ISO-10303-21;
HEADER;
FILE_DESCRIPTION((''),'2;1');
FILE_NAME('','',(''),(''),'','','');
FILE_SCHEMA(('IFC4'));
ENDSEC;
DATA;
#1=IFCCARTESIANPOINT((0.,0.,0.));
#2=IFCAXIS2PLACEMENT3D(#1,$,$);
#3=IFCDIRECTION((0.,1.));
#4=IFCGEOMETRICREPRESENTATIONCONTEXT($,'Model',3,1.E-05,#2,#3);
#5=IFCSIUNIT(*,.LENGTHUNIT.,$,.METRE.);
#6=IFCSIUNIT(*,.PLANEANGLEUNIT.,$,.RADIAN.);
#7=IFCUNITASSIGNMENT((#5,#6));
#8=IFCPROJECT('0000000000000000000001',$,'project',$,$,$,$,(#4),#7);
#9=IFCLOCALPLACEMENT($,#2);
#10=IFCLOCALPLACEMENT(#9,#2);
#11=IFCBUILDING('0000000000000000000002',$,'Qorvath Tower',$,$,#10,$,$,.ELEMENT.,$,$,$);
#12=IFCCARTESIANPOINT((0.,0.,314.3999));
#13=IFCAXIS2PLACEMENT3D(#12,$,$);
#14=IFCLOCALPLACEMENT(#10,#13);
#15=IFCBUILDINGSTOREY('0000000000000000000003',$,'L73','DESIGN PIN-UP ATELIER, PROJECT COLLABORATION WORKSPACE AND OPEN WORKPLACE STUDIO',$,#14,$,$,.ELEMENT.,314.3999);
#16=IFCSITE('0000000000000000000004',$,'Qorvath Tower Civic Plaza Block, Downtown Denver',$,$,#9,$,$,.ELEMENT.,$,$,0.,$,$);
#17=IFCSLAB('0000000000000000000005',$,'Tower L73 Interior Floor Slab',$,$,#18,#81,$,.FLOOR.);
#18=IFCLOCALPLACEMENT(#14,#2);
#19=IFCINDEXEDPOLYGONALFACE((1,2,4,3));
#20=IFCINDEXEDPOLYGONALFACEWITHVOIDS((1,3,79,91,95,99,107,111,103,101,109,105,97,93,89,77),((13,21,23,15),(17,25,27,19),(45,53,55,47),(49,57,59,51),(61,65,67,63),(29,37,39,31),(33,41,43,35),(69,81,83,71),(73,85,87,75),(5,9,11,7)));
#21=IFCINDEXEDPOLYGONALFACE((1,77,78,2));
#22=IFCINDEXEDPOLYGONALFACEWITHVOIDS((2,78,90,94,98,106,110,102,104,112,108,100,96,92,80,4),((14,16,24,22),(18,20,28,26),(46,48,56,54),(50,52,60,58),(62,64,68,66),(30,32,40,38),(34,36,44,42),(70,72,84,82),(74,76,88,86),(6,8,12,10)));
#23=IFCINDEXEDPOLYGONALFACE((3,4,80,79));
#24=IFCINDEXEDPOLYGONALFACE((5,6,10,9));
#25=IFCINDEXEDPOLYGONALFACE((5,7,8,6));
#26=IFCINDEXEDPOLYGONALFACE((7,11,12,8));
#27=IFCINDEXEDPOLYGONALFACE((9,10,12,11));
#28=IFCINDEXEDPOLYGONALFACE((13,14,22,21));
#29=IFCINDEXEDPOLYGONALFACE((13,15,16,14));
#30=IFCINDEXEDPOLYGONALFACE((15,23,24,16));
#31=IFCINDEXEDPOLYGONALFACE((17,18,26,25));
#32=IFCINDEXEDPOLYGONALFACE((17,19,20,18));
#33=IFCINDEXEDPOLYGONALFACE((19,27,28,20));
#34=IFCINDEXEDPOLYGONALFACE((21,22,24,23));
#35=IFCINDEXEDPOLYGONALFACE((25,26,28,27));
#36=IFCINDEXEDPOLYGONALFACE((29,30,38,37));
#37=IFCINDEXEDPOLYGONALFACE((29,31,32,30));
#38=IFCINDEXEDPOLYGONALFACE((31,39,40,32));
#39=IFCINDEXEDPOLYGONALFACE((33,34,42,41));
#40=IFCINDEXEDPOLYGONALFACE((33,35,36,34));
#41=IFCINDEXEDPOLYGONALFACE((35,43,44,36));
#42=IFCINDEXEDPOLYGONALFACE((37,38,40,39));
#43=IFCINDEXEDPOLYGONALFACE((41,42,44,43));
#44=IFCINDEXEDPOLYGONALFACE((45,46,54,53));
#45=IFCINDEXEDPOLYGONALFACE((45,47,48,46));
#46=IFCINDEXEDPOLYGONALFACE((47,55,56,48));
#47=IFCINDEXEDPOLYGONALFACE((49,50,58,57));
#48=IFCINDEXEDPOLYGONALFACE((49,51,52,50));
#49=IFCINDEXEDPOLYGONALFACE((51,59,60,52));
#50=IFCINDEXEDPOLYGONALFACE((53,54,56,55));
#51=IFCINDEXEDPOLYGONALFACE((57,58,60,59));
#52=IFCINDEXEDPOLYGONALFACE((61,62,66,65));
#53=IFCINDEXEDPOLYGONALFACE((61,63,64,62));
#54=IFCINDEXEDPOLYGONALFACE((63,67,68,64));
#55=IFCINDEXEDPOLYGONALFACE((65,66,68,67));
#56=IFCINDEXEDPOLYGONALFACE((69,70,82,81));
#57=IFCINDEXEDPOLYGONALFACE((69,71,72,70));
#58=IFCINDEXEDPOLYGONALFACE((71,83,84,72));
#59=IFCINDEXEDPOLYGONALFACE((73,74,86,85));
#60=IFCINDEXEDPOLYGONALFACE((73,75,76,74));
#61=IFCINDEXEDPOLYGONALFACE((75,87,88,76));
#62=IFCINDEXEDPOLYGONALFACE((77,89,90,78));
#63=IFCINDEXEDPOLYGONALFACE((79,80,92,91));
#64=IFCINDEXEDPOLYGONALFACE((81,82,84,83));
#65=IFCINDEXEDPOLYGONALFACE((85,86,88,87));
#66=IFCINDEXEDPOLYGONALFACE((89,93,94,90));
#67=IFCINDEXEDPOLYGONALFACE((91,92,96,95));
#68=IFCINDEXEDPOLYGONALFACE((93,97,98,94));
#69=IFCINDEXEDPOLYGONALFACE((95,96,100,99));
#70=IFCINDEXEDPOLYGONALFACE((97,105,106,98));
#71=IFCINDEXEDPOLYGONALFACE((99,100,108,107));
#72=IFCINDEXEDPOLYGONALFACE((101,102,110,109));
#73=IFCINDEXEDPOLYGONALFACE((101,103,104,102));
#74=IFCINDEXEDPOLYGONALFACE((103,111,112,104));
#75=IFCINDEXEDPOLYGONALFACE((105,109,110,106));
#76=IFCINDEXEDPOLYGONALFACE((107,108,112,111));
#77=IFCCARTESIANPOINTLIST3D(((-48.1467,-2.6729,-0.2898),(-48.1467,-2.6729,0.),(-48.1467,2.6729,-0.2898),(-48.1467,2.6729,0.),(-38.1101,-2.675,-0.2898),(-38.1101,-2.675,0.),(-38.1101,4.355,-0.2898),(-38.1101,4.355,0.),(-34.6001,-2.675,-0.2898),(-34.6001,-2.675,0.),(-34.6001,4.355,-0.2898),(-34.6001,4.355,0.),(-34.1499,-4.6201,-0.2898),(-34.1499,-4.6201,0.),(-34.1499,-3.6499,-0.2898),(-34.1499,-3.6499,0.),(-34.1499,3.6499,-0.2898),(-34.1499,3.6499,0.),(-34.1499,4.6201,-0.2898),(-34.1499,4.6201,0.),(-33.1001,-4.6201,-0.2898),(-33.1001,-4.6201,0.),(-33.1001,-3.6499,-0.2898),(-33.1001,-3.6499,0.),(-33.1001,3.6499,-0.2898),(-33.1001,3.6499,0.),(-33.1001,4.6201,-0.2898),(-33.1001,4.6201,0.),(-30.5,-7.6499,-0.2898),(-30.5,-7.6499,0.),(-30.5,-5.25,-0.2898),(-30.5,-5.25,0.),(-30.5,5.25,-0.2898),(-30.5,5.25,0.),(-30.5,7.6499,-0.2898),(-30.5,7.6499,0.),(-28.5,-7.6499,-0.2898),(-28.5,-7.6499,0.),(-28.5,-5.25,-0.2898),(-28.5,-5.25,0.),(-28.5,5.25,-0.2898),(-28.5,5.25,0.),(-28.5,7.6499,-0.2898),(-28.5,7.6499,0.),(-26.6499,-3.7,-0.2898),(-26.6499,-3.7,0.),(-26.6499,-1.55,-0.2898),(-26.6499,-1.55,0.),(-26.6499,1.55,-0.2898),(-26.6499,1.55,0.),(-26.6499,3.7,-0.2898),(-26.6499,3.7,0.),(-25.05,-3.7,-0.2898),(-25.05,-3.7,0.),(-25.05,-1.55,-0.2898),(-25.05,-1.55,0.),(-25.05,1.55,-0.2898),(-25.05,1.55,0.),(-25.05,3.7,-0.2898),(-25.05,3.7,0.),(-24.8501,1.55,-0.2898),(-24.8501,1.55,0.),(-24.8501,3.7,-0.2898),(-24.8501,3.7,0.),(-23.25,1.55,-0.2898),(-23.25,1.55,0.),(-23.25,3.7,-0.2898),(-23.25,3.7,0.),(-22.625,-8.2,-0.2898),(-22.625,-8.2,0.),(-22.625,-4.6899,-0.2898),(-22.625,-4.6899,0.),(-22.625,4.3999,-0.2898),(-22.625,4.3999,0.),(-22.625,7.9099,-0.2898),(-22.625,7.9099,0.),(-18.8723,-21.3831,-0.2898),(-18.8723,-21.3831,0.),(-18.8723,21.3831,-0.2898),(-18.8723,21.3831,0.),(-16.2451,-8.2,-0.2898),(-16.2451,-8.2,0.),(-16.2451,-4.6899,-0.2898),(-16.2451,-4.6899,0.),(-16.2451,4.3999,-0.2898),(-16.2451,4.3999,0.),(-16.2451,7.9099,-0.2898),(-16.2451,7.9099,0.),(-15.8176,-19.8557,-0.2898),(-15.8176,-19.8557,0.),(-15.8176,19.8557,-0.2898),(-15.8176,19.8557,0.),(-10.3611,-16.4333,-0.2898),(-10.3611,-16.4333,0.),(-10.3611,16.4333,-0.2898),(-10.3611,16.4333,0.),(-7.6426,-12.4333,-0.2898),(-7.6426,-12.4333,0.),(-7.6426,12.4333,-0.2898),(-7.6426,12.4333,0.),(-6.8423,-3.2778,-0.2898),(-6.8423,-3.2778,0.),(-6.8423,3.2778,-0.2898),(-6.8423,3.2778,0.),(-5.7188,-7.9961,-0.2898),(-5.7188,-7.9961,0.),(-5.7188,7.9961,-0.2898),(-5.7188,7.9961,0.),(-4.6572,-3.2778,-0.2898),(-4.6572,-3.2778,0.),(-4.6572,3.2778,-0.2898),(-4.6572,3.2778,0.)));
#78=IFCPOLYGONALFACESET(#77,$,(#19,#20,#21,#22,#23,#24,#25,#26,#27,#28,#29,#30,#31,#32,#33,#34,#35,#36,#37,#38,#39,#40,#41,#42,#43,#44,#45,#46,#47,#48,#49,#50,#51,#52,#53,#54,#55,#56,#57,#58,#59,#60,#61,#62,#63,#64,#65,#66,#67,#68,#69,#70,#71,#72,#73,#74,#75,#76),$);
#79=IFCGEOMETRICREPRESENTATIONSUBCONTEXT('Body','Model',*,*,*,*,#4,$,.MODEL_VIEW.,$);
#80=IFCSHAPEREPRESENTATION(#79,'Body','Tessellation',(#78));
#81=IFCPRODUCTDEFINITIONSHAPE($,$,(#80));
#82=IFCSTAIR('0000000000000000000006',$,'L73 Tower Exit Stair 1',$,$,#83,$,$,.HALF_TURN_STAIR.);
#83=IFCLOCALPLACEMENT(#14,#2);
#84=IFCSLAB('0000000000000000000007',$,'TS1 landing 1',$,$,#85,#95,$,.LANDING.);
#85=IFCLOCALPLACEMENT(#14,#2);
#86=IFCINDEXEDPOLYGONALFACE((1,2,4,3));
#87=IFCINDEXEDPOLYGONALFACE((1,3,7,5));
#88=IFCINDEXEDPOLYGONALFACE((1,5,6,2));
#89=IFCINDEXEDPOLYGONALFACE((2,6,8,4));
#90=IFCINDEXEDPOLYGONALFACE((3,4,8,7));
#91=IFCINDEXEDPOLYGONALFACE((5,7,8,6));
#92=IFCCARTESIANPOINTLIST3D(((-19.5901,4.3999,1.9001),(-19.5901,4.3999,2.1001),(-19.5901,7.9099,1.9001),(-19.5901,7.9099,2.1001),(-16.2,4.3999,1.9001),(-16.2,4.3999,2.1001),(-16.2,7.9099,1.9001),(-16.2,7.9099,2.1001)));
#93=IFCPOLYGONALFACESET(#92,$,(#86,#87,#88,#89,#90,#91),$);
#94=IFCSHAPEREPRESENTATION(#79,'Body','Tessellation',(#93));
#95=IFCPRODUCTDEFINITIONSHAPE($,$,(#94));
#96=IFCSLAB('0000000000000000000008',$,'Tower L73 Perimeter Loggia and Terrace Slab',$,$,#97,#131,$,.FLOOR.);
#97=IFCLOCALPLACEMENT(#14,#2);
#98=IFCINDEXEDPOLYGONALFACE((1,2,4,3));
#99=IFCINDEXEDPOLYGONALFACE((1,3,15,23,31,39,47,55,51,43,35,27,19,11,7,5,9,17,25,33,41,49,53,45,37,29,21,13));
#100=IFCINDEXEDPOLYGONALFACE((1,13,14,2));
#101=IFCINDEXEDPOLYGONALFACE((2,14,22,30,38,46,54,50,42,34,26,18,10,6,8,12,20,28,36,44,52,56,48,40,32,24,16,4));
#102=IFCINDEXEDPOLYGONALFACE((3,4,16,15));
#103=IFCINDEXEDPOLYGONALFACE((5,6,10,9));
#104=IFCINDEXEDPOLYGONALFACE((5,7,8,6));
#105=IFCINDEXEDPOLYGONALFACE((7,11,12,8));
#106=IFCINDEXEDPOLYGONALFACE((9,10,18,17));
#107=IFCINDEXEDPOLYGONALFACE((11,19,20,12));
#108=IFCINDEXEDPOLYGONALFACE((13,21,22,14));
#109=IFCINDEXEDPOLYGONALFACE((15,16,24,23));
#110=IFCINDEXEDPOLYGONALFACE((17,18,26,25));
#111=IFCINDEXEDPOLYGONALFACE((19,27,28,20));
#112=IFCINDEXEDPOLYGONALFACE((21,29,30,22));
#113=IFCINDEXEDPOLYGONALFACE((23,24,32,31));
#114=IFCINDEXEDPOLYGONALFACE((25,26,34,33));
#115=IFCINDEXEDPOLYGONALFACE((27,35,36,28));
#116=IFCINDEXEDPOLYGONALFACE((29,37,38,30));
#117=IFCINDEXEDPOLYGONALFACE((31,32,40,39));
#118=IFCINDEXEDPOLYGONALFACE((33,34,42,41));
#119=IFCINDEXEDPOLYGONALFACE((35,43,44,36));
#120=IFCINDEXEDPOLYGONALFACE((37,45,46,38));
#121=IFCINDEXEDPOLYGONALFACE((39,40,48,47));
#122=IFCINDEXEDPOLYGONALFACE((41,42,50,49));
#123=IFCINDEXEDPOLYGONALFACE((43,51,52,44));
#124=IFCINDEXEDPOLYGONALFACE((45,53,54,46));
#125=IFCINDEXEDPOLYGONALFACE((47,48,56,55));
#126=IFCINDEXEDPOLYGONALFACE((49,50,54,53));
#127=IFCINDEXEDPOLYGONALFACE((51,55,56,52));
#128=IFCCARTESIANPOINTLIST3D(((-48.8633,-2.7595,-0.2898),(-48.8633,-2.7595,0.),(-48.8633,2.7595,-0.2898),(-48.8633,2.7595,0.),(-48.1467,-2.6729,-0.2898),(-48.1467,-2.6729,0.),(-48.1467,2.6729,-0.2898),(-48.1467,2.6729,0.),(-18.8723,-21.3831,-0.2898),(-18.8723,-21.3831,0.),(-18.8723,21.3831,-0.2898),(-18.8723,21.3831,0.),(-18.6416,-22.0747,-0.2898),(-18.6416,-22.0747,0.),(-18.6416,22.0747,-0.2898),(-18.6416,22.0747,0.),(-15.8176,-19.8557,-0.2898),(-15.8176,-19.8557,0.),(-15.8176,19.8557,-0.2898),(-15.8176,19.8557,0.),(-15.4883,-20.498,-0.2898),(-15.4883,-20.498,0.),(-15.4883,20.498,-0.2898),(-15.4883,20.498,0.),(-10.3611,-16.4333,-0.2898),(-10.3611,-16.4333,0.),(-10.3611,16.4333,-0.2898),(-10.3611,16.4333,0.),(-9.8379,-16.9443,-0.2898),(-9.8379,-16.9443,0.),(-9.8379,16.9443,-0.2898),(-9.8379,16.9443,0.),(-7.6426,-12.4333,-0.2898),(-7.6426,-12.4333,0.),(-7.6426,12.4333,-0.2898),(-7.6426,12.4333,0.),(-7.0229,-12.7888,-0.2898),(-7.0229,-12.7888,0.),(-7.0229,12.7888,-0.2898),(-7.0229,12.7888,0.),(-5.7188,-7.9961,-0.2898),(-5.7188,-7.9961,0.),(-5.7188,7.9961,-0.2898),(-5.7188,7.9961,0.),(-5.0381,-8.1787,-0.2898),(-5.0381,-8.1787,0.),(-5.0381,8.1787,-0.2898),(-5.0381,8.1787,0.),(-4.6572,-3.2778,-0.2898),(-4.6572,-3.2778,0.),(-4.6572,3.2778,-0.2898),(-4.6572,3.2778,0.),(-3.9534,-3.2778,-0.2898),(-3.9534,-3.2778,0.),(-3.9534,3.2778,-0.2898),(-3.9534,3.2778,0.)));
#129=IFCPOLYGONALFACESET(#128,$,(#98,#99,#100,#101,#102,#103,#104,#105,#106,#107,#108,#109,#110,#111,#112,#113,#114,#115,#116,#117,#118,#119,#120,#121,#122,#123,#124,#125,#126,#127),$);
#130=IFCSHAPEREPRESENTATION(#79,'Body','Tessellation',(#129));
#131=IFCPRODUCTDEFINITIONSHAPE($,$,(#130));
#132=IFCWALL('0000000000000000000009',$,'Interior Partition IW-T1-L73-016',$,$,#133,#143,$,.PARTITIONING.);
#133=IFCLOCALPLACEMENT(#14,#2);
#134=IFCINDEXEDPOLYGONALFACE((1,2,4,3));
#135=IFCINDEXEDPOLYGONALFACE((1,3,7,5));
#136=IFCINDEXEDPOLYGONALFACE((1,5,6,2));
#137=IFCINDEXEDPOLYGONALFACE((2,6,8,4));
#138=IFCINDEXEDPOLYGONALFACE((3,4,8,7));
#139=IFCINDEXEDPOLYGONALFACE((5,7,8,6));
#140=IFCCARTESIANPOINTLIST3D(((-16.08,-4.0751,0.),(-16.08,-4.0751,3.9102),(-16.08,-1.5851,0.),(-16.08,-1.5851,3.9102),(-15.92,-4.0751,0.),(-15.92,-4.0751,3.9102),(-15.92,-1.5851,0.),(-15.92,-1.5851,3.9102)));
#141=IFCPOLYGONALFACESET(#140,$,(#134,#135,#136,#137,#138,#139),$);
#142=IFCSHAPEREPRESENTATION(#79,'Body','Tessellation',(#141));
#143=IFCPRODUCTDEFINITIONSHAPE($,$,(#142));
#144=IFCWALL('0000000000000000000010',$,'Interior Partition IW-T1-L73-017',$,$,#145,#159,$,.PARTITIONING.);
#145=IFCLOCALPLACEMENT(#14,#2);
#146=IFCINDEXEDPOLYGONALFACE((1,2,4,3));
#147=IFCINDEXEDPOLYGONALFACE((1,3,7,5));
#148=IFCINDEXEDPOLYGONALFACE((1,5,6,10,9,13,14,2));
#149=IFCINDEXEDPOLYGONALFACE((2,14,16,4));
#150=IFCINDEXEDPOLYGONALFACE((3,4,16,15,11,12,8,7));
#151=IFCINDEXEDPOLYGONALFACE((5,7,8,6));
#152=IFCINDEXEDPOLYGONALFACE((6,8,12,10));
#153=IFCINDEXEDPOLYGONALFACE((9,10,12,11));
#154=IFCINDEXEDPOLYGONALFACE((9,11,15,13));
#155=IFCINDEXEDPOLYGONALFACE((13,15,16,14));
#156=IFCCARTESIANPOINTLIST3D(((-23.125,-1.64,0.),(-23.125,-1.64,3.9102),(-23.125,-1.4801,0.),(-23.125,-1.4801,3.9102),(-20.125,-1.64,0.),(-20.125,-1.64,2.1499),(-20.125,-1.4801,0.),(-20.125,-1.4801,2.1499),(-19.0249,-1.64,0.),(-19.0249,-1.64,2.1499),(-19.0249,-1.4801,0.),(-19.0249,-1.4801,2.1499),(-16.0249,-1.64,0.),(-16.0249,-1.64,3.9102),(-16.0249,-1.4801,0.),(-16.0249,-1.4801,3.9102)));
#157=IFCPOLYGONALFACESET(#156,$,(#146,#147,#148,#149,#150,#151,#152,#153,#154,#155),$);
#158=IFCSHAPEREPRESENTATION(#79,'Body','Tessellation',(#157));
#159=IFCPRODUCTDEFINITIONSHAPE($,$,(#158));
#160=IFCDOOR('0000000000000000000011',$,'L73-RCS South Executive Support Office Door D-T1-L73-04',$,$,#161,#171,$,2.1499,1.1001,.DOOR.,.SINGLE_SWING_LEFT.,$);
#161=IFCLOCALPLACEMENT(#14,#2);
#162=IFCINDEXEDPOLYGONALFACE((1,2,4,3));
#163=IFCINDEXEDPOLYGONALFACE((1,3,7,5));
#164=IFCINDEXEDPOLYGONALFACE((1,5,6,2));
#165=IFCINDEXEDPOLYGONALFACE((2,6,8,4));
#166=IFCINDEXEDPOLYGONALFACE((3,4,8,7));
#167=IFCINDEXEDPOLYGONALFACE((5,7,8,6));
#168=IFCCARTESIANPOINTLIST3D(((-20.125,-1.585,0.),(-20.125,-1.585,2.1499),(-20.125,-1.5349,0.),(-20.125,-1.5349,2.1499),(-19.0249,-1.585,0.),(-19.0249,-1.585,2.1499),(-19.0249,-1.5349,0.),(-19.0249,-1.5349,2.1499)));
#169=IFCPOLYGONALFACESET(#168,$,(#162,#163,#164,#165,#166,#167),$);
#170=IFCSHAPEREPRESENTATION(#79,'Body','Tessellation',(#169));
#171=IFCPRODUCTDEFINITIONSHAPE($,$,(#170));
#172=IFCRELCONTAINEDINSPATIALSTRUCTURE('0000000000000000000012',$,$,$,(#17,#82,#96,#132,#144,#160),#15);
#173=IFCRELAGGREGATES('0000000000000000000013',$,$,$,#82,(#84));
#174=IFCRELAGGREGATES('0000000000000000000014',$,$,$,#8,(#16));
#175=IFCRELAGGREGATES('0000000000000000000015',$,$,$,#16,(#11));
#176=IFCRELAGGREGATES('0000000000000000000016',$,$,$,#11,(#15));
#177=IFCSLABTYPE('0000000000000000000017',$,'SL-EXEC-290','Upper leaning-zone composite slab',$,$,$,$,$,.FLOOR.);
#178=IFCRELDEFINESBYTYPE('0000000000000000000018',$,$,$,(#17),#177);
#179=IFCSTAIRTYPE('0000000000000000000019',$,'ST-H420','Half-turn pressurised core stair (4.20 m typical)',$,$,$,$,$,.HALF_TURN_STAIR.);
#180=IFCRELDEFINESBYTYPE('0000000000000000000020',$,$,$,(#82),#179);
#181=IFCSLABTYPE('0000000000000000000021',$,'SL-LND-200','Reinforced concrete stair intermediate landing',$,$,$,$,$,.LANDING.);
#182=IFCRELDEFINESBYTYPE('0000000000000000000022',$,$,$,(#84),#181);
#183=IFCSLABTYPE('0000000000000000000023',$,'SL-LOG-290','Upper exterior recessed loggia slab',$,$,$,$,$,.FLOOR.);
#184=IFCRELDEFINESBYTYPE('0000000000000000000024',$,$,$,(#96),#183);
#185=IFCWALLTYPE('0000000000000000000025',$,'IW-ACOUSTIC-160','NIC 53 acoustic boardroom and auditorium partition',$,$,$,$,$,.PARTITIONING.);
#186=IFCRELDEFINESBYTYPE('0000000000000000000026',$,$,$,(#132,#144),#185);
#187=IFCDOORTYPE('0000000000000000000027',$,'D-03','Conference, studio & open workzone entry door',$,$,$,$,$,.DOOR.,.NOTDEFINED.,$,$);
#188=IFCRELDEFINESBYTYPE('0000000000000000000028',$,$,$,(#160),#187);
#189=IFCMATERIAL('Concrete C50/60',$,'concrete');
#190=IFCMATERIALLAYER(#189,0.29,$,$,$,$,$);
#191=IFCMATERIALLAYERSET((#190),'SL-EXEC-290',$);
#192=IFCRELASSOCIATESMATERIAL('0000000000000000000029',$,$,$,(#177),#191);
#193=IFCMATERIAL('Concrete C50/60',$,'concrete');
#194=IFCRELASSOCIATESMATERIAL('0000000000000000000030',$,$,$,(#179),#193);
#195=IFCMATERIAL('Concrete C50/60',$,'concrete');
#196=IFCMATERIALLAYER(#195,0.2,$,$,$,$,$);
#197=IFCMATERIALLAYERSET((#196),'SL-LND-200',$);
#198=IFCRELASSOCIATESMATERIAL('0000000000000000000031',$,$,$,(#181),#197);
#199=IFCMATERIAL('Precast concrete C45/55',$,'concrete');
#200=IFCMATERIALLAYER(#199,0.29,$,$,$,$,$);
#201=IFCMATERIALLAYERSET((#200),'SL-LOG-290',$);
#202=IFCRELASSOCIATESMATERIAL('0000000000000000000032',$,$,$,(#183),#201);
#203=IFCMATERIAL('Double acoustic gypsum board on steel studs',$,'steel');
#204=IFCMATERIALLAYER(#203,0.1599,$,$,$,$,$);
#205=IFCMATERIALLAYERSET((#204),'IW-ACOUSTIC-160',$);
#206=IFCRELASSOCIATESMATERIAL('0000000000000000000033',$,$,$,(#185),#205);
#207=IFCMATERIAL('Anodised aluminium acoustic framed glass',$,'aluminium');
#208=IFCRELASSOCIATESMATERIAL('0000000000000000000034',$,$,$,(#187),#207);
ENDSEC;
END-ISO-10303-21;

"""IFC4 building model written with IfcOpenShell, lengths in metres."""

from ifc_helpers import new_model, si_unit, direction, frame, frame_2d, origin, place, context, subcontext, project, spatial, polyline, rectangle, outline, extrude, material, layer, layer_set, type_object, element, fill, aggregate, save


model = new_model("IFC4")

# Units and contexts
model_context = context("Model", 3, precision=1e-05, world=origin(), true_north=direction((0.0, 1.0)))
body_context = subcontext(model_context, "Body", "Model", "MODEL_VIEW")
ifc_project = project(units=[si_unit("LENGTHUNIT", "METRE"), si_unit("PLANEANGLEUNIT", "RADIAN")], contexts=[model_context])

# Site, building, storey
site_placement = place(None, origin())
site = spatial("IfcSite", under=ifc_project, at=site_placement, Name="Qorvath Tower Civic Plaza Block, Downtown Denver", CompositionType="ELEMENT", RefElevation=0.0)
building_placement = place(site_placement, origin())
building = spatial("IfcBuilding", under=site, at=building_placement, Name="Qorvath Tower", CompositionType="ELEMENT")
storey_placement = place(building_placement, frame((0.0, 0.0, 314.3999)))
storey = spatial("IfcBuildingStorey", under=building, at=storey_placement, Name="L73", Description="DESIGN PIN-UP ATELIER, PROJECT COLLABORATION WORKSPACE AND OPEN WORKPLACE STUDIO", CompositionType="ELEMENT", Elevation=314.3999)

# Slab
ifc_material_1 = material(Name="Concrete C50/60", Category="concrete")
ifc_layer_1 = layer(ifc_material_1, 0.29)
ifc_layer_set_1 = layer_set([ifc_layer_1], Name="SL-EXEC-290")
slab_type_1 = type_object("IfcSlabType", Name="SL-EXEC-290", Description="Upper leaning-zone composite slab", PredefinedType="FLOOR", material=ifc_layer_set_1)
slab_1_placement = place(storey_placement, frame((0.0, 0.0, -0.2898)))
element("IfcSlab", 1, at=slab_1_placement, inside=storey, type_object=slab_type_1, Name="Tower L73 Interior Floor Slab", PredefinedType="FLOOR", context=body_context, shape_type="SweptSolid", body=[
    extrude(outline(polyline([(-48.1467, 2.6729), (-48.1467, -2.6729), (-18.8723, -21.3831), (-15.8176, -19.8557), (-10.3611, -16.4333), (-7.6426, -12.4333), (-5.7188, -7.9961), (-4.6572, -3.2778), (-6.8423, -3.2778), (-6.8423, 3.2778), (-4.6572, 3.2778), (-5.7188, 7.9961), (-7.6426, 12.4333), (-10.3611, 16.4333), (-15.8176, 19.8557), (-18.8723, 21.3831), (-48.1467, 2.6729)]), holes=[polyline([(-16.2451, -8.2), (-22.625, -8.2), (-22.625, -4.6899), (-16.2451, -4.6899), (-16.2451, -8.2)]), polyline([(-22.625, 4.3999), (-22.625, 7.9099), (-16.2451, 7.9099), (-16.2451, 4.3999), (-22.625, 4.3999)]), polyline([(-23.25, 1.55), (-24.8501, 1.55), (-24.8501, 3.7), (-23.25, 3.7), (-23.25, 1.55)]), polyline([(-26.6499, -3.7), (-26.6499, -1.55), (-25.05, -1.55), (-25.05, -3.7), (-26.6499, -3.7)]), polyline([(-25.05, 1.55), (-26.6499, 1.55), (-26.6499, 3.7), (-25.05, 3.7), (-25.05, 1.55)]), polyline([(-28.5, -7.6499), (-30.5, -7.6499), (-30.5, -5.25), (-28.5, -5.25), (-28.5, -7.6499)]), polyline([(-30.5, 5.25), (-30.5, 7.6499), (-28.5, 7.6499), (-28.5, 5.25), (-30.5, 5.25)]), polyline([(-33.1001, -4.6201), (-34.1499, -4.6201), (-34.1499, -3.6499), (-33.1001, -3.6499), (-33.1001, -4.6201)]), polyline([(-33.1001, 3.6499), (-34.1499, 3.6499), (-34.1499, 4.6201), (-33.1001, 4.6201), (-33.1001, 3.6499)]), polyline([(-34.6001, -2.675), (-38.1101, -2.675), (-38.1101, 4.355), (-34.6001, 4.355), (-34.6001, -2.675)])]), origin(), (0.0, 0.0, 1.0), 0.2898),
])

# Stair, slab
ifc_material_2 = material(Name="Concrete C50/60", Category="concrete")
stair_type = type_object("IfcStairType", Name="ST-H420", Description="Half-turn pressurised core stair (4.20 m typical)", PredefinedType="HALF_TURN_STAIR", material=ifc_material_2)
stair_1_placement = place(storey_placement, origin())
stair_1 = element("IfcStair", 2, at=stair_1_placement, inside=storey, type_object=stair_type, Name="L73 Tower Exit Stair 1", PredefinedType="HALF_TURN_STAIR")
ifc_material_3 = material(Name="Concrete C50/60", Category="concrete")
ifc_layer_2 = layer(ifc_material_3, 0.2)
ifc_layer_set_2 = layer_set([ifc_layer_2], Name="SL-LND-200")
slab_type_2 = type_object("IfcSlabType", Name="SL-LND-200", Description="Reinforced concrete stair intermediate landing", PredefinedType="LANDING", material=ifc_layer_set_2)
slab_2_placement = place(storey_placement, frame((0.0, 0.0, 1.9001)))
slab_2 = element("IfcSlab", 3, at=slab_2_placement, type_object=slab_type_2, Name="TS1 landing 1", PredefinedType="LANDING", context=body_context, shape_type="SweptSolid", body=[
    extrude(outline(polyline([(-19.5901, 4.3999), (-16.2, 4.3999), (-16.2, 7.9099), (-19.5901, 7.9099), (-19.5901, 4.3999)])), origin(), (0.0, 0.0, 1.0), 0.2),
])
aggregate(stair_1, [slab_2])

# Slab
ifc_material_4 = material(Name="Precast concrete C45/55", Category="concrete")
ifc_layer_3 = layer(ifc_material_4, 0.29)
ifc_layer_set_3 = layer_set([ifc_layer_3], Name="SL-LOG-290")
slab_type_3 = type_object("IfcSlabType", Name="SL-LOG-290", Description="Upper exterior recessed loggia slab", PredefinedType="FLOOR", material=ifc_layer_set_3)
slab_3_placement = place(storey_placement, frame((0.0, 0.0, -0.2898)))
element("IfcSlab", 4, at=slab_3_placement, inside=storey, type_object=slab_type_3, Name="Tower L73 Perimeter Loggia and Terrace Slab", PredefinedType="FLOOR", context=body_context, shape_type="SweptSolid", body=[
    extrude(outline(polyline([(-4.6572, -3.2778), (-5.7188, -7.9961), (-7.6426, -12.4333), (-10.3611, -16.4333), (-15.8176, -19.8557), (-18.8723, -21.3831), (-48.1467, -2.6729), (-48.1467, 2.6729), (-18.8723, 21.3831), (-15.8176, 19.8557), (-10.3611, 16.4333), (-7.6426, 12.4333), (-5.7188, 7.9961), (-4.6572, 3.2778), (-3.9534, 3.2778), (-5.0381, 8.1787), (-7.0229, 12.7888), (-9.8379, 16.9443), (-15.4883, 20.498), (-18.6416, 22.0747), (-48.8633, 2.7595), (-48.8633, -2.7595), (-18.6416, -22.0747), (-15.4883, -20.498), (-9.8379, -16.9443), (-7.0229, -12.7888), (-5.0381, -8.1787), (-3.9534, -3.2778), (-4.6572, -3.2778)])), origin(), (0.0, 0.0, 1.0), 0.2898),
])

# Wall
ifc_material_5 = material(Name="Double acoustic gypsum board on steel studs", Category="steel")
ifc_layer_4 = layer(ifc_material_5, 0.1599)
ifc_layer_set_4 = layer_set([ifc_layer_4], Name="IW-ACOUSTIC-160")
wall_type_1 = type_object("IfcWallType", Name="IW-ACOUSTIC-160", Description="NIC 53 acoustic boardroom and auditorium partition", PredefinedType="PARTITIONING", material=ifc_layer_set_4)
wall_1_placement = place(storey_placement, frame((-16.0, -4.0752, 0.0), z_axis=(0.0, 0.0, 1.0), x_axis=(0.0, 1.0, 0.0)))
element("IfcWall", 5, at=wall_1_placement, inside=storey, type_object=wall_type_1, Name="Interior Partition IW-T1-L73-016", PredefinedType="PARTITIONING", context=body_context, shape_type="SweptSolid", body=[
    extrude(rectangle(XDim=2.49, YDim=0.1599, at=frame_2d((1.2451, 0.0))), origin(), (0.0, 0.0, 1.0), 3.9102),
])

# Wall, opening, door
wall_2_placement = place(storey_placement, frame((-16.0249, -1.5601, 0.0), z_axis=(0.0, 0.0, 1.0), x_axis=(-1.0, 0.0, 0.0)))
wall_2 = element("IfcWall", 6, at=wall_2_placement, inside=storey, type_object=wall_type_1, Name="Interior Partition IW-T1-L73-017", PredefinedType="PARTITIONING", context=body_context, shape_type="SweptSolid", body=[
    extrude(rectangle(XDim=7.1001, YDim=0.1599, at=frame_2d((3.55, 0.0))), origin(), (0.0, 0.0, 1.0), 3.9102),
])
opening_placement = place(wall_2_placement, frame((3.0, 0.0, 0.0)))
opening = element("IfcOpeningElement", 7, at=opening_placement, cuts=wall_2, PredefinedType="OPENING", context=body_context, shape_type="SweptSolid", body=[
    extrude(rectangle(XDim=1.1001, YDim=2.1499, at=frame_2d((0.55, 1.075))), frame((0.0, 0.0898, 0.0), z_axis=(0.0, -1.0, 0.0), x_axis=(1.0, 0.0, 0.0)), (0.0, 0.0, 1.0), 0.1799),
])
ifc_material_6 = material(Name="Anodised aluminium acoustic framed glass", Category="aluminium")
door_type = type_object("IfcDoorType", Name="D-03", Description="Conference, studio & open workzone entry door", OperationType="NOTDEFINED", PredefinedType="DOOR", material=ifc_material_6)
door_placement = place(opening_placement, origin())
door = element("IfcDoor", 8, at=door_placement, inside=storey, type_object=door_type, Name="L73-RCS South Executive Support Office Door D-T1-L73-04", OperationType="SINGLE_SWING_LEFT", OverallHeight=2.1499, OverallWidth=1.1001, PredefinedType="DOOR", context=body_context, shape_type="SweptSolid", body=[
    extrude(rectangle(XDim=1.1001, YDim=2.1499, at=frame_2d((0.55, 1.075))), frame((0.0, 0.0249, 0.0), z_axis=(0.0, -1.0, 0.0), x_axis=(1.0, 0.0, 0.0)), (0.0, 0.0, 1.0), 0.05),
])
fill(opening, door)

save(model, "model.ifc")
